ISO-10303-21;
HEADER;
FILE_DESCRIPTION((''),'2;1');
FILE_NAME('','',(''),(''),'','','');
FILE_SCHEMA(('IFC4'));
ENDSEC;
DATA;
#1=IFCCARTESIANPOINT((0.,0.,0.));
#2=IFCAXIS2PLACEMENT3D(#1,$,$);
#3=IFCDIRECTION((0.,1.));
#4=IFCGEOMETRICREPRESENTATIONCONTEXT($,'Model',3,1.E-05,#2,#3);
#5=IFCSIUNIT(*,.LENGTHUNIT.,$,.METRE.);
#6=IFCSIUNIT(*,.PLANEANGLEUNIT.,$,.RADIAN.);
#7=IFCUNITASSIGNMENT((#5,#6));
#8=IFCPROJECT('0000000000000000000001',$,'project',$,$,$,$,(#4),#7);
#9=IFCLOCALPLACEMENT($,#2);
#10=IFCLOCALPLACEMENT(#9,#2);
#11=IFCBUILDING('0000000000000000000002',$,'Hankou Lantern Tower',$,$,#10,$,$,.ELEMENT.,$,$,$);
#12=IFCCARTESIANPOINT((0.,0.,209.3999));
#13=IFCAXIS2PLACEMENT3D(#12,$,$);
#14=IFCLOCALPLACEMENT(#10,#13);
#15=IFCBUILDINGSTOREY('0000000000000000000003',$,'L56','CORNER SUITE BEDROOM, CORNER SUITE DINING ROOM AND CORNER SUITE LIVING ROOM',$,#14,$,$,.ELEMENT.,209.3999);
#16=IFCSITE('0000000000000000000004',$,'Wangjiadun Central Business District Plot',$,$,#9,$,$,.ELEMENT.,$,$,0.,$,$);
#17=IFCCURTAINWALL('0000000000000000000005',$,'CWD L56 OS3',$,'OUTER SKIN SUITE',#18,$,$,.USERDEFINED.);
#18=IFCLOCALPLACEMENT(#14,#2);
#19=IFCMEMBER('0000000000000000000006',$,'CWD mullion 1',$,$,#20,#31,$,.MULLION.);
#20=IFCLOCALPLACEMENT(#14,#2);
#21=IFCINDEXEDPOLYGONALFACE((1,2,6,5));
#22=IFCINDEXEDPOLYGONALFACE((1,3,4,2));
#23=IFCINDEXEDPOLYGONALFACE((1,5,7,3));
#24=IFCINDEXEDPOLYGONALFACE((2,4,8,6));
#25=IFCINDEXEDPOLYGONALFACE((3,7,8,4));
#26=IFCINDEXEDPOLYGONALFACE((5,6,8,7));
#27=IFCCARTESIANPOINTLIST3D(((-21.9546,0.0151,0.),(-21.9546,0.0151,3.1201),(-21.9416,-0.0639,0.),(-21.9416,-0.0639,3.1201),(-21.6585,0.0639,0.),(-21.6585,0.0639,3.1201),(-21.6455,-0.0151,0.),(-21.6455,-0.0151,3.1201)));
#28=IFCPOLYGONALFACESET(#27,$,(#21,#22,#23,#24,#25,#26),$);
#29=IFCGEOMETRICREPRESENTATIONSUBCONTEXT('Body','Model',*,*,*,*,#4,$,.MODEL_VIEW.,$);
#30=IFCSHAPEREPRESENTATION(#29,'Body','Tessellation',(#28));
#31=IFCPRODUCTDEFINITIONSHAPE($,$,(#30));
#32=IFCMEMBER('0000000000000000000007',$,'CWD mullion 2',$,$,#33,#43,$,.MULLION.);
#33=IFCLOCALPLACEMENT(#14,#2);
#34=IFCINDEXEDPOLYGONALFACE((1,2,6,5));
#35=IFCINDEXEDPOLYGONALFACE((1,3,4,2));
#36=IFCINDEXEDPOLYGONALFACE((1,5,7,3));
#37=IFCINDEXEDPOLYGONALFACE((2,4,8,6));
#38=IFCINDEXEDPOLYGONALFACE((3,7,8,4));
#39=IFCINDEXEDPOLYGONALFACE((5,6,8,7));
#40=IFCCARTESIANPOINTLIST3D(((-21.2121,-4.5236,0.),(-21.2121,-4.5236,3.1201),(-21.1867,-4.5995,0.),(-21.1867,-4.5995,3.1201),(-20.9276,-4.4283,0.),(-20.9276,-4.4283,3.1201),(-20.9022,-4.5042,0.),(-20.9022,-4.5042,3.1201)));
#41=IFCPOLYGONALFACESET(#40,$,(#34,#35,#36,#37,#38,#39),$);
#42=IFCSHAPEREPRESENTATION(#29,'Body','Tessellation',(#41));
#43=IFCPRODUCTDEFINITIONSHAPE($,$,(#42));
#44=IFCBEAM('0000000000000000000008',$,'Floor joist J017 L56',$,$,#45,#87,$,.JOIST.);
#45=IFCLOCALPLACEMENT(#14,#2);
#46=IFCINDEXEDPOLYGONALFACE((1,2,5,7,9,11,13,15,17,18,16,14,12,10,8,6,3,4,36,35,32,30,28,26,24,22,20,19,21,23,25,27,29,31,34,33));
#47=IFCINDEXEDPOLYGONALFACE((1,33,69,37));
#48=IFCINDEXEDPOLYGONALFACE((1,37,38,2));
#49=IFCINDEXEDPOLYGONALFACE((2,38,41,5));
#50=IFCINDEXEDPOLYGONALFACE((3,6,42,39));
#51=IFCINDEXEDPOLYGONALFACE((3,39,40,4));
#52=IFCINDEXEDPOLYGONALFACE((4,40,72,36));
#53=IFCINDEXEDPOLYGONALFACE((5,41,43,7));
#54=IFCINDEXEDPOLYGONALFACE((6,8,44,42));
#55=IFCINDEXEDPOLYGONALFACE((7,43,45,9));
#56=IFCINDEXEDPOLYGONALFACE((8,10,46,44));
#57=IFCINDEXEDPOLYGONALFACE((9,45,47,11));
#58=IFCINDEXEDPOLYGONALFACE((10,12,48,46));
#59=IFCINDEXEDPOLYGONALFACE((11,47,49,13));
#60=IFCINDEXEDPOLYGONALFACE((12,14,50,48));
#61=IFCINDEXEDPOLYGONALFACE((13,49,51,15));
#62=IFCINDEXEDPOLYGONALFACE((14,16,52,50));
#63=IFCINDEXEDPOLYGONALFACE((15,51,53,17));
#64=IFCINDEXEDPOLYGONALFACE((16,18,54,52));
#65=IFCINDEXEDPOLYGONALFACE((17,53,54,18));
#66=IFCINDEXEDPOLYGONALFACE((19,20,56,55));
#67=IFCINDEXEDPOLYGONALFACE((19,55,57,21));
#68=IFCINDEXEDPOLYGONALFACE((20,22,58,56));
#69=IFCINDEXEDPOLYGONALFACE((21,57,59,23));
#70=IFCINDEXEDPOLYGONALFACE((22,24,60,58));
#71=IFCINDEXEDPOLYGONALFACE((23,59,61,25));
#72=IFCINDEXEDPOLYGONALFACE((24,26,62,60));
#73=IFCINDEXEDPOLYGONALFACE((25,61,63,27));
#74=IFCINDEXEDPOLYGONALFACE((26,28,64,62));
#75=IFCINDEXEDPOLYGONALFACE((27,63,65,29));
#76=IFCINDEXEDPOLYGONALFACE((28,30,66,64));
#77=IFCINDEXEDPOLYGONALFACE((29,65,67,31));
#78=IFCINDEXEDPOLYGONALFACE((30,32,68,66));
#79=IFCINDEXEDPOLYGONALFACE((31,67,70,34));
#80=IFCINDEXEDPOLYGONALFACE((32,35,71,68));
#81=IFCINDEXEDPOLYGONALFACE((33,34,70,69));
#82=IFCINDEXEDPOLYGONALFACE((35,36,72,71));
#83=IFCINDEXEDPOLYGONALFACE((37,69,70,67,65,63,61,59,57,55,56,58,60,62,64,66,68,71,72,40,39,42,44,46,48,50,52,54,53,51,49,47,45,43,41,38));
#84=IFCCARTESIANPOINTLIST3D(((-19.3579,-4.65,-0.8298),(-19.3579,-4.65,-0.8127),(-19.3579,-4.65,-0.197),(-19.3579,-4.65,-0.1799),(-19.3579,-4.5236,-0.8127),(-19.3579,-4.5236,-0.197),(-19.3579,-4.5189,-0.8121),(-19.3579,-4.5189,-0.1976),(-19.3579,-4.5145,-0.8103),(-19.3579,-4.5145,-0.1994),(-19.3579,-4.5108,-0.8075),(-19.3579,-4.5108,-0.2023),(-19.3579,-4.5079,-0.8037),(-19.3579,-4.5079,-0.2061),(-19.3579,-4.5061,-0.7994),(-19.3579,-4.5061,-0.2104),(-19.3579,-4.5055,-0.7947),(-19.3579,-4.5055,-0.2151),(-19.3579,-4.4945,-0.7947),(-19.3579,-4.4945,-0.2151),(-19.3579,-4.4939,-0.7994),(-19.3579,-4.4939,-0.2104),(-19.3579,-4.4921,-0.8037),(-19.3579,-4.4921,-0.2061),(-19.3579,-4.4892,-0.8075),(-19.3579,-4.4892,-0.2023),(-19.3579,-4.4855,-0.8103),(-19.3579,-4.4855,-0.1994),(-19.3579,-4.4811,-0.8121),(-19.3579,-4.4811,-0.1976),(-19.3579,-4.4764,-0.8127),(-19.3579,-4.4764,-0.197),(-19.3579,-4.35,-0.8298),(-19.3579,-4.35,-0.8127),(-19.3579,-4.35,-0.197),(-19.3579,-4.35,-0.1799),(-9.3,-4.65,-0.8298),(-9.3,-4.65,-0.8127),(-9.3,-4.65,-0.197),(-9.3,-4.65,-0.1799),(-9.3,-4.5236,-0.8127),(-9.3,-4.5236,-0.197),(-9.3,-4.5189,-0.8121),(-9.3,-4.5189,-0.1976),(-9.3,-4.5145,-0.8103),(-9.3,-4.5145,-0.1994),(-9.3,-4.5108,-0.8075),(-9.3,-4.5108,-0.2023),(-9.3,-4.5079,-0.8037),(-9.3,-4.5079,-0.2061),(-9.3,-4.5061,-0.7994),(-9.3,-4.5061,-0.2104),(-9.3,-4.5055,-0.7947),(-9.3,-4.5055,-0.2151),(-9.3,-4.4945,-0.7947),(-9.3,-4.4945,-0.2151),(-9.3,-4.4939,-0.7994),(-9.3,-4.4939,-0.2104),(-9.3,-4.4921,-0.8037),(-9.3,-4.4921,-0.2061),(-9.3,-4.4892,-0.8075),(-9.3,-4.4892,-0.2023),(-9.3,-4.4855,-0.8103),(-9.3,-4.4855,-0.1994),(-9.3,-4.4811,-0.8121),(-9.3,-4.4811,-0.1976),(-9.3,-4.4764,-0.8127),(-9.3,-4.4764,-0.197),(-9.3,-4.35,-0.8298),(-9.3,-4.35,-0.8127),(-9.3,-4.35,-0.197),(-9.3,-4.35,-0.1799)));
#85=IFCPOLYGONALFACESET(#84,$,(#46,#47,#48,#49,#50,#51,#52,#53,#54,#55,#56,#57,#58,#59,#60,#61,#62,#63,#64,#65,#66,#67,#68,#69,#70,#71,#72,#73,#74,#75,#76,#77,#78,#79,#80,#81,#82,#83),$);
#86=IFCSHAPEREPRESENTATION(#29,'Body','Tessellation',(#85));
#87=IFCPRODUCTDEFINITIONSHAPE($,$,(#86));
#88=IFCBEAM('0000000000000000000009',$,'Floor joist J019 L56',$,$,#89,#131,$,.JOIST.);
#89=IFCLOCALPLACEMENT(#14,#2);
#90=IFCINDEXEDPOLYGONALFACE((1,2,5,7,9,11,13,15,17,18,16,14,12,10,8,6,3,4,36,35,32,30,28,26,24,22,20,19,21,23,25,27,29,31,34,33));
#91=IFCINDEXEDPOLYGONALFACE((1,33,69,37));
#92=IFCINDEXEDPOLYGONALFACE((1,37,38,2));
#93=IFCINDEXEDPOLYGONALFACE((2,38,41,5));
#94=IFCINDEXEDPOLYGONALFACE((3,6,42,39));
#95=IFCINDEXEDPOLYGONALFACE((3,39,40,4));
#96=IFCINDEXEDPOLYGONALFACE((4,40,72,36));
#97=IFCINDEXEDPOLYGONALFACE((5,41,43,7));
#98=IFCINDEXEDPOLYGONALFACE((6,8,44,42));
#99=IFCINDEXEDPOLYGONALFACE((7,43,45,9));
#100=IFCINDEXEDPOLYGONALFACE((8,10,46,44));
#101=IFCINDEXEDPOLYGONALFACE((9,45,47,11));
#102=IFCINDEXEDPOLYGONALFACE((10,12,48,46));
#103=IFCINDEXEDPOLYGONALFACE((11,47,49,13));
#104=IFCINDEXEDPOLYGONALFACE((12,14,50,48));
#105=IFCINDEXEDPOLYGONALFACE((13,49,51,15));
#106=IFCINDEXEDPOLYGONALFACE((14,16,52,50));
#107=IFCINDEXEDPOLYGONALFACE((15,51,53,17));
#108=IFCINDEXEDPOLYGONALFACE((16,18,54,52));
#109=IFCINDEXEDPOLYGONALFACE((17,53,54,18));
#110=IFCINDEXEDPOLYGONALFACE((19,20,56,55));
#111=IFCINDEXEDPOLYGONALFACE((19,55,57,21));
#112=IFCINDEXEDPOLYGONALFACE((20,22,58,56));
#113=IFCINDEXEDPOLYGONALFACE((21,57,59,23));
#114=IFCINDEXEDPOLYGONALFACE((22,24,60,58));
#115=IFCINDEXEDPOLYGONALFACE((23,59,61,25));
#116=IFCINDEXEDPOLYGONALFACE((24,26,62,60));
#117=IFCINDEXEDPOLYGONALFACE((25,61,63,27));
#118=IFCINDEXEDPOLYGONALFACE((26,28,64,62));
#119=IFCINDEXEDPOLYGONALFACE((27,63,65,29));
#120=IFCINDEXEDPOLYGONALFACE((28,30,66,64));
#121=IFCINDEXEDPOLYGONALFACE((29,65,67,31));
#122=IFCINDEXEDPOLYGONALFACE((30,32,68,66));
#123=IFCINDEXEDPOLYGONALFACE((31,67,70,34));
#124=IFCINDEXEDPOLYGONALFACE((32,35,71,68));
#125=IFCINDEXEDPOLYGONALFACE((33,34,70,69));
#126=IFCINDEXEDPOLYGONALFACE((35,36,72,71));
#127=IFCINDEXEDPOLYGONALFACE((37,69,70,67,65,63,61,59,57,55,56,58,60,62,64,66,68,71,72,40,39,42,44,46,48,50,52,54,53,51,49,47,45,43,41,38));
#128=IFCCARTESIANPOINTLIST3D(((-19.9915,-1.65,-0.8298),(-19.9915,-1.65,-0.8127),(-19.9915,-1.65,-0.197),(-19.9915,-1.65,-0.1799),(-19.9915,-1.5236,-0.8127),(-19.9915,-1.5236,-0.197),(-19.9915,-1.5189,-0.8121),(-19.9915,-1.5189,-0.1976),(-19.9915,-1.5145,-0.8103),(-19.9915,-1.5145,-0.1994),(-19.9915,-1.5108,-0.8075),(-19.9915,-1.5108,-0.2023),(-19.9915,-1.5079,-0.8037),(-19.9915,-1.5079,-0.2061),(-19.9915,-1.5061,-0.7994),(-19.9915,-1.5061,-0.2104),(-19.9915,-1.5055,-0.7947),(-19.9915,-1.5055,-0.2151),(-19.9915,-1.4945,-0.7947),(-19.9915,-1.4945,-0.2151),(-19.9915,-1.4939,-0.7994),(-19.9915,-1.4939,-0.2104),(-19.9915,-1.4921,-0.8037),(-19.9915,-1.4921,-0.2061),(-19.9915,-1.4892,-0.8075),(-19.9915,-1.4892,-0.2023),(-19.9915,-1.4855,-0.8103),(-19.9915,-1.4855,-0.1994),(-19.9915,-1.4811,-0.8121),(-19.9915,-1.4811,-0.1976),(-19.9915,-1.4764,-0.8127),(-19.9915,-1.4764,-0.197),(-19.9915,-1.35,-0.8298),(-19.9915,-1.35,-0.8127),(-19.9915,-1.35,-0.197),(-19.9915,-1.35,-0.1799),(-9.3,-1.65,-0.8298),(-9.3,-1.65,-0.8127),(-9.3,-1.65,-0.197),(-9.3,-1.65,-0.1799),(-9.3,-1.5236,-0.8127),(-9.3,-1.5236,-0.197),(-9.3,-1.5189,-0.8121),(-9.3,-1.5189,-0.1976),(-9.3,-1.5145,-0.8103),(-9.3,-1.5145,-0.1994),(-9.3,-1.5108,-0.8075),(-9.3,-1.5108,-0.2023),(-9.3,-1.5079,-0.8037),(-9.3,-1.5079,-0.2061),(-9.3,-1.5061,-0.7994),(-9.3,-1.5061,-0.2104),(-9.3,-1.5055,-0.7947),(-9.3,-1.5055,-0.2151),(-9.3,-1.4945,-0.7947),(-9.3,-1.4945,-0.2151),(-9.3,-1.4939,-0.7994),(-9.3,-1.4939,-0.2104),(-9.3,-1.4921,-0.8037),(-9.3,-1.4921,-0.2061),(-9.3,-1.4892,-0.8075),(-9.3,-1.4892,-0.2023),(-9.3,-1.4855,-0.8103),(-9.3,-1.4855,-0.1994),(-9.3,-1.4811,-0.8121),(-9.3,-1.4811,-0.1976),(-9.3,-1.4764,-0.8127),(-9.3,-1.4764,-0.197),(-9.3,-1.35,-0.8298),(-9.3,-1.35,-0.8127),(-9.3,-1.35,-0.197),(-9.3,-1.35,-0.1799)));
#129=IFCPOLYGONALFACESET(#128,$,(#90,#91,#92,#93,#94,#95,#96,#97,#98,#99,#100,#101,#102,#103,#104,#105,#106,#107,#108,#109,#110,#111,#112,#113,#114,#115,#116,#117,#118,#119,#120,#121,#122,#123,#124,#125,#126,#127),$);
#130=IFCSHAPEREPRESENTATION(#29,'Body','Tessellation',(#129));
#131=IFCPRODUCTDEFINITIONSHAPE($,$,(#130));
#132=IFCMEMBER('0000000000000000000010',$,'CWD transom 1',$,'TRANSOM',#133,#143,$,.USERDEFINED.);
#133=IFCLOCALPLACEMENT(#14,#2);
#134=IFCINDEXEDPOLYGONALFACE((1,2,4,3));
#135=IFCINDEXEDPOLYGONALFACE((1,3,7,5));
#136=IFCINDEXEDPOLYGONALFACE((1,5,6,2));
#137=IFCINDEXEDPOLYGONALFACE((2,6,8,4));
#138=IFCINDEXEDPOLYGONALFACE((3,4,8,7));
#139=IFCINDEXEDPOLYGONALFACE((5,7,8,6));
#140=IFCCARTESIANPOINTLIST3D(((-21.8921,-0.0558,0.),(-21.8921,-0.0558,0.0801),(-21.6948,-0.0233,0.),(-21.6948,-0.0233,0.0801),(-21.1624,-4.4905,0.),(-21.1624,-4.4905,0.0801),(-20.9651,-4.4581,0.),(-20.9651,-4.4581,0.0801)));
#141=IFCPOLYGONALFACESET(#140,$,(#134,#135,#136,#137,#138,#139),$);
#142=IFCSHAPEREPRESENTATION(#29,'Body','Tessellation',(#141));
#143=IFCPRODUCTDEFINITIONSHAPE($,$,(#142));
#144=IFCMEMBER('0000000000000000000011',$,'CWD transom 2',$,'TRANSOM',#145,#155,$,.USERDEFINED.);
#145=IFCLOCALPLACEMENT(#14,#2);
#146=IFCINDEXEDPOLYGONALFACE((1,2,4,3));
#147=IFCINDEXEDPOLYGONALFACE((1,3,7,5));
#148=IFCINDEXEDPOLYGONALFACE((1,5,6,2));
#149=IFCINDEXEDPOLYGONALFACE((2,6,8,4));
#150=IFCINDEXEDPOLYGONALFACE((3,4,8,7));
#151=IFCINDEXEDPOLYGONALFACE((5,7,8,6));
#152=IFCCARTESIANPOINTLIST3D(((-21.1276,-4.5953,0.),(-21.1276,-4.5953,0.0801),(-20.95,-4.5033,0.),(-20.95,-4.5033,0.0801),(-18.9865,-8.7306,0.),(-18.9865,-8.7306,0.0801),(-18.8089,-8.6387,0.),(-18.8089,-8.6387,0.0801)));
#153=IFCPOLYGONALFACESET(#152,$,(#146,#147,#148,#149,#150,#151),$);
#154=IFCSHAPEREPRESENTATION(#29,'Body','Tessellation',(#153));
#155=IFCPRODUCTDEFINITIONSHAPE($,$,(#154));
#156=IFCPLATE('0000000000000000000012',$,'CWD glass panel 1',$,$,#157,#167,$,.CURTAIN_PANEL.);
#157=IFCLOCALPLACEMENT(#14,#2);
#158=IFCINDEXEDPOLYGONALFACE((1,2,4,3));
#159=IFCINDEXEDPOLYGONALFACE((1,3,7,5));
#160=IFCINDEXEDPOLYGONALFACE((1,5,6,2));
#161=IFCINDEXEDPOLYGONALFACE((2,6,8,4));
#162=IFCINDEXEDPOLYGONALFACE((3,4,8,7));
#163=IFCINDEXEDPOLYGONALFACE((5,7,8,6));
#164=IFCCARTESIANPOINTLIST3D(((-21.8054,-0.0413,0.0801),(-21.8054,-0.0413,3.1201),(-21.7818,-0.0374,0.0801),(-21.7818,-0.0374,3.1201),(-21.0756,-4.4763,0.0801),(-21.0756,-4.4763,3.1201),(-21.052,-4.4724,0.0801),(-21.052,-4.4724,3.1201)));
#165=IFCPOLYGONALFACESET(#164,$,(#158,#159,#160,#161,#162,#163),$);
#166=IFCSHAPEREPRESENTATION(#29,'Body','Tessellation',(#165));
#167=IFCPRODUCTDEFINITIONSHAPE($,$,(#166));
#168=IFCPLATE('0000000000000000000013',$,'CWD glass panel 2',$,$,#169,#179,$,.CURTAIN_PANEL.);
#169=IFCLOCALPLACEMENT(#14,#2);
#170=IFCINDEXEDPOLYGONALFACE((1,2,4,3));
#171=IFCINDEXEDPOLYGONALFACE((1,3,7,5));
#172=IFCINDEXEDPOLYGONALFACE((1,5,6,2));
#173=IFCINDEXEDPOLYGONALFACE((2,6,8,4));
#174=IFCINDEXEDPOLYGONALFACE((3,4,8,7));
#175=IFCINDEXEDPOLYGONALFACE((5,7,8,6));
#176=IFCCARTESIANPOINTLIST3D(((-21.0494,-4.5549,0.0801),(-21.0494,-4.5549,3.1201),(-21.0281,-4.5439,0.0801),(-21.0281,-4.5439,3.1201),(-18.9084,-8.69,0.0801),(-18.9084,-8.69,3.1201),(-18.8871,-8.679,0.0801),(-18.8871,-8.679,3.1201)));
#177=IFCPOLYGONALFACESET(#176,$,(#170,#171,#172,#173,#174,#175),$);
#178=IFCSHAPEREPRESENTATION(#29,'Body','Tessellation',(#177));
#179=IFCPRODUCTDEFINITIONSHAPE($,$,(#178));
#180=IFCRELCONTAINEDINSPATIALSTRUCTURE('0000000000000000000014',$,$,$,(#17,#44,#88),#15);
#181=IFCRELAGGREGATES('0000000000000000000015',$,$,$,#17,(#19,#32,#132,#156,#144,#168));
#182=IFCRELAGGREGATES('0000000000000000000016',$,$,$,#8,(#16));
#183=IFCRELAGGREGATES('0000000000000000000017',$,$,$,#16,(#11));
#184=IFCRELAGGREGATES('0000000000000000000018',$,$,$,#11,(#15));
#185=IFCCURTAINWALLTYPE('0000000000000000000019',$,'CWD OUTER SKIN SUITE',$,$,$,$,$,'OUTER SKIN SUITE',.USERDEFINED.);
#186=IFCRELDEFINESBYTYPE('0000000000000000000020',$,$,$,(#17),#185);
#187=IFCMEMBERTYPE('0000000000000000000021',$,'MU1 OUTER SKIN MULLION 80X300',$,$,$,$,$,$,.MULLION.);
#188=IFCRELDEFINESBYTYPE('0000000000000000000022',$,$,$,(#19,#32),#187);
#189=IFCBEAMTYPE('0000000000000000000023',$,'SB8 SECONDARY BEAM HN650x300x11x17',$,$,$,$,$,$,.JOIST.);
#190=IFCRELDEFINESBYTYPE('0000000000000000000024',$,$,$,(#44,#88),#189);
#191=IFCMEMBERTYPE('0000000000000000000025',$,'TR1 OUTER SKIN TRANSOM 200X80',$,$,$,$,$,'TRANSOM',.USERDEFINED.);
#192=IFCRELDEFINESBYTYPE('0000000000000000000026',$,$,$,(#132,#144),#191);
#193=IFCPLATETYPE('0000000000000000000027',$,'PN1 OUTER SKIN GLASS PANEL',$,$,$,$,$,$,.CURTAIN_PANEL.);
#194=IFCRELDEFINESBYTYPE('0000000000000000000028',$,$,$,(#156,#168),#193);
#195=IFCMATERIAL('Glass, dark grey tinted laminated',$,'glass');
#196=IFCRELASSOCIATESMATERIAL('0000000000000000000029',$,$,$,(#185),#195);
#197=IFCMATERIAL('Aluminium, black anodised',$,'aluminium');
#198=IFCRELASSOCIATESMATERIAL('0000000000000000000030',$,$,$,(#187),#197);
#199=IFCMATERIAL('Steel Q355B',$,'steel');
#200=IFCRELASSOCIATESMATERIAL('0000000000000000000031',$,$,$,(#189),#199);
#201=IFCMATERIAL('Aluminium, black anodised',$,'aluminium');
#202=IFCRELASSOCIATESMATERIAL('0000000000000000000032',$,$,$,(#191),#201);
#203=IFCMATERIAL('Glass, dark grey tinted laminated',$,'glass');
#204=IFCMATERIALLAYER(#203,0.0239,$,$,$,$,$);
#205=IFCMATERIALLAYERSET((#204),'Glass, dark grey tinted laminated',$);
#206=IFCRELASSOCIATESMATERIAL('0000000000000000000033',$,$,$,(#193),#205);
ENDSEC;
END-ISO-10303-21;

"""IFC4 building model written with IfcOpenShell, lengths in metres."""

from ifc_helpers import new_model, si_unit, direction, frame, origin, origin_2d, place, context, subcontext, project, spatial, rectangle, i_section, extrude, material, layer, layer_set, material_profile, profile_set, type_object, element, aggregate, save


model = new_model("IFC4")

# Units and contexts
model_context = context("Model", 3, precision=1e-05, world=origin(), true_north=direction((0.0, 1.0)))
body_context = subcontext(model_context, "Body", "Model", "MODEL_VIEW")
ifc_project = project(units=[si_unit("LENGTHUNIT", "METRE"), si_unit("PLANEANGLEUNIT", "RADIAN")], contexts=[model_context])

# Site, building, storey
site_placement = place(None, origin())
site = spatial("IfcSite", under=ifc_project, at=site_placement, Name="Wangjiadun Central Business District Plot", CompositionType="ELEMENT", RefElevation=0.0)
building_placement = place(site_placement, origin())
building = spatial("IfcBuilding", under=site, at=building_placement, Name="Hankou Lantern Tower", CompositionType="ELEMENT")
storey_placement = place(building_placement, frame((0.0, 0.0, 209.3999)))
storey = spatial("IfcBuildingStorey", under=building, at=storey_placement, Name="L56", Description="CORNER SUITE BEDROOM, CORNER SUITE DINING ROOM AND CORNER SUITE LIVING ROOM", CompositionType="ELEMENT", Elevation=209.3999)

# Curtain wall, members
ifc_material_1 = material(Name="Glass, dark grey tinted laminated", Category="glass")
curtain_wall_type = type_object("IfcCurtainWallType", Name="CWD OUTER SKIN SUITE", ElementType="OUTER SKIN SUITE", PredefinedType="USERDEFINED", material=ifc_material_1)
curtain_wall_placement = place(storey_placement, origin())
curtain_wall = element("IfcCurtainWall", 1, at=curtain_wall_placement, inside=storey, type_object=curtain_wall_type, Name="CWD L56 OS3", ObjectType="OUTER SKIN SUITE", PredefinedType="USERDEFINED")
ifc_material_2 = material(Name="Aluminium, black anodised", Category="aluminium")
ifc_material_profile_1 = material_profile(ifc_material_2, rectangle(XDim=0.0801, YDim=0.3, at=origin_2d()), Name="MU1 80X300")
ifc_profile_set_1 = profile_set([ifc_material_profile_1], Name="Aluminium, black anodised")
member_type_1 = type_object("IfcMemberType", Name="MU1 OUTER SKIN MULLION 80X300", PredefinedType="MULLION", material=ifc_profile_set_1)
member_1_placement = place(storey_placement, frame((-21.8, 0.0, 0.0), z_axis=(0.0, 0.0, 1.0), x_axis=(0.162382, -0.986728, 0.0)))
member_1 = element("IfcMember", 2, at=member_1_placement, type_object=member_type_1, Name="CWD mullion 1", PredefinedType="MULLION", context=body_context, shape_type="SweptSolid", body=[
    extrude(rectangle(XDim=0.0801, YDim=0.3, at=origin_2d()), origin(), (0.0, 0.0, 1.0), 3.1201),
])
member_2_placement = place(storey_placement, frame((-21.0571, -4.5139, 0.0), z_axis=(0.0, 0.0, 1.0), x_axis=(0.317596, -0.948226, 0.0)))
member_2 = element("IfcMember", 3, at=member_2_placement, type_object=member_type_1, Name="CWD mullion 2", PredefinedType="MULLION", context=body_context, shape_type="SweptSolid", body=[
    extrude(rectangle(XDim=0.0801, YDim=0.3, at=origin_2d()), origin(), (0.0, 0.0, 1.0), 3.1201),
])

# Beams
ifc_material_3 = material(Name="Steel Q355B", Category="steel")
ifc_material_profile_2 = material_profile(ifc_material_3, i_section(OverallWidth=0.3, OverallDepth=0.6499, WebThickness=0.011, FlangeThickness=0.0171, FilletRadius=0.0181, at=origin_2d()), Name="HN650x300x11x17")
ifc_profile_set_2 = profile_set([ifc_material_profile_2], Name="Steel Q355B")
beam_type_1 = type_object("IfcBeamType", Name="SB8 SECONDARY BEAM HN650x300x11x17", PredefinedType="JOIST", material=ifc_profile_set_2)
beam_1_placement = place(storey_placement, frame((-19.3579, -4.5, -0.5049), z_axis=(1.0, 0.0, 0.0), x_axis=(0.0, 1.0, 0.0)))
element("IfcBeam", 4, at=beam_1_placement, inside=storey, type_object=beam_type_1, Name="Floor joist J017 L56", PredefinedType="JOIST", context=body_context, shape_type="SweptSolid", body=[
    extrude(i_section(OverallWidth=0.3, OverallDepth=0.6499, WebThickness=0.011, FlangeThickness=0.0171, FilletRadius=0.0181, at=origin_2d()), origin(), (0.0, 0.0, 1.0), 10.0579),
])
beam_2_placement = place(storey_placement, frame((-19.9915, -1.5, -0.5049), z_axis=(1.0, 0.0, 0.0), x_axis=(0.0, 1.0, 0.0)))
element("IfcBeam", 5, at=beam_2_placement, inside=storey, type_object=beam_type_1, Name="Floor joist J019 L56", PredefinedType="JOIST", context=body_context, shape_type="SweptSolid", body=[
    extrude(i_section(OverallWidth=0.3, OverallDepth=0.6499, WebThickness=0.011, FlangeThickness=0.0171, FilletRadius=0.0181, at=origin_2d()), origin(), (0.0, 0.0, 1.0), 10.6914),
])

# Members
ifc_material_4 = material(Name="Aluminium, black anodised", Category="aluminium")
ifc_material_profile_3 = material_profile(ifc_material_4, rectangle(XDim=0.2, YDim=0.0801, at=origin_2d()), Name="TR1 200X80")
ifc_profile_set_3 = profile_set([ifc_material_profile_3], Name="Aluminium, black anodised")
member_type_2 = type_object("IfcMemberType", Name="TR1 OUTER SKIN TRANSOM 200X80", ElementType="TRANSOM", PredefinedType="USERDEFINED", material=ifc_profile_set_3)
member_3_placement = place(storey_placement, frame((-21.7935, -0.0396, 0.04), z_axis=(0.162364, -0.986731, 0.0), x_axis=(0.986731, 0.162364, 0.0)))
member_3 = element("IfcMember", 6, at=member_3_placement, type_object=member_type_2, Name="CWD transom 1", ObjectType="TRANSOM", PredefinedType="USERDEFINED", context=body_context, shape_type="SweptSolid", body=[
    extrude(rectangle(XDim=0.2, YDim=0.0801, at=origin_2d()), origin(), (0.0, 0.0, 1.0), 4.4944),
])
member_4_placement = place(storey_placement, frame((-21.0388, -4.5493, 0.04), z_axis=(0.459794, -0.888026, 0.0), x_axis=(0.888026, 0.459794, 0.0)))
member_4 = element("IfcMember", 7, at=member_4_placement, type_object=member_type_2, Name="CWD transom 2", ObjectType="TRANSOM", PredefinedType="USERDEFINED", context=body_context, shape_type="SweptSolid", body=[
    extrude(rectangle(XDim=0.2, YDim=0.0801, at=origin_2d()), origin(), (0.0, 0.0, 1.0), 4.6567),
])

# Plates
ifc_material_5 = material(Name="Glass, dark grey tinted laminated", Category="glass")
ifc_layer_1 = layer(ifc_material_5, 0.0239)
ifc_layer_set_1 = layer_set([ifc_layer_1], Name="Glass, dark grey tinted laminated")
plate_type = type_object("IfcPlateType", Name="PN1 OUTER SKIN GLASS PANEL", PredefinedType="CURTAIN_PANEL", material=ifc_layer_set_1)
plate_1_placement = place(storey_placement, frame((-21.4287, -2.2568, 0.0801), z_axis=(0.0, 0.0, 1.0), x_axis=(0.162382, -0.986728, 0.0)))
plate_1 = element("IfcPlate", 8, at=plate_1_placement, type_object=plate_type, Name="CWD glass panel 1", PredefinedType="CURTAIN_PANEL", context=body_context, shape_type="SweptSolid", body=[
    extrude(rectangle(XDim=4.4946, YDim=0.0239, at=origin_2d()), origin(), (0.0, 0.0, 1.0), 3.04),
])
plate_2_placement = place(storey_placement, frame((-19.9683, -6.6169, 0.0801), z_axis=(0.0, 0.0, 1.0), x_axis=(0.459791, -0.888027, 0.0)))
plate_2 = element("IfcPlate", 9, at=plate_2_placement, type_object=plate_type, Name="CWD glass panel 2", PredefinedType="CURTAIN_PANEL", context=body_context, shape_type="SweptSolid", body=[
    extrude(rectangle(XDim=4.6565, YDim=0.0239, at=origin_2d()), origin(), (0.0, 0.0, 1.0), 3.04),
])
aggregate(curtain_wall, [member_1, member_2, member_3, plate_1, member_4, plate_2])

save(model, "model.ifc")
